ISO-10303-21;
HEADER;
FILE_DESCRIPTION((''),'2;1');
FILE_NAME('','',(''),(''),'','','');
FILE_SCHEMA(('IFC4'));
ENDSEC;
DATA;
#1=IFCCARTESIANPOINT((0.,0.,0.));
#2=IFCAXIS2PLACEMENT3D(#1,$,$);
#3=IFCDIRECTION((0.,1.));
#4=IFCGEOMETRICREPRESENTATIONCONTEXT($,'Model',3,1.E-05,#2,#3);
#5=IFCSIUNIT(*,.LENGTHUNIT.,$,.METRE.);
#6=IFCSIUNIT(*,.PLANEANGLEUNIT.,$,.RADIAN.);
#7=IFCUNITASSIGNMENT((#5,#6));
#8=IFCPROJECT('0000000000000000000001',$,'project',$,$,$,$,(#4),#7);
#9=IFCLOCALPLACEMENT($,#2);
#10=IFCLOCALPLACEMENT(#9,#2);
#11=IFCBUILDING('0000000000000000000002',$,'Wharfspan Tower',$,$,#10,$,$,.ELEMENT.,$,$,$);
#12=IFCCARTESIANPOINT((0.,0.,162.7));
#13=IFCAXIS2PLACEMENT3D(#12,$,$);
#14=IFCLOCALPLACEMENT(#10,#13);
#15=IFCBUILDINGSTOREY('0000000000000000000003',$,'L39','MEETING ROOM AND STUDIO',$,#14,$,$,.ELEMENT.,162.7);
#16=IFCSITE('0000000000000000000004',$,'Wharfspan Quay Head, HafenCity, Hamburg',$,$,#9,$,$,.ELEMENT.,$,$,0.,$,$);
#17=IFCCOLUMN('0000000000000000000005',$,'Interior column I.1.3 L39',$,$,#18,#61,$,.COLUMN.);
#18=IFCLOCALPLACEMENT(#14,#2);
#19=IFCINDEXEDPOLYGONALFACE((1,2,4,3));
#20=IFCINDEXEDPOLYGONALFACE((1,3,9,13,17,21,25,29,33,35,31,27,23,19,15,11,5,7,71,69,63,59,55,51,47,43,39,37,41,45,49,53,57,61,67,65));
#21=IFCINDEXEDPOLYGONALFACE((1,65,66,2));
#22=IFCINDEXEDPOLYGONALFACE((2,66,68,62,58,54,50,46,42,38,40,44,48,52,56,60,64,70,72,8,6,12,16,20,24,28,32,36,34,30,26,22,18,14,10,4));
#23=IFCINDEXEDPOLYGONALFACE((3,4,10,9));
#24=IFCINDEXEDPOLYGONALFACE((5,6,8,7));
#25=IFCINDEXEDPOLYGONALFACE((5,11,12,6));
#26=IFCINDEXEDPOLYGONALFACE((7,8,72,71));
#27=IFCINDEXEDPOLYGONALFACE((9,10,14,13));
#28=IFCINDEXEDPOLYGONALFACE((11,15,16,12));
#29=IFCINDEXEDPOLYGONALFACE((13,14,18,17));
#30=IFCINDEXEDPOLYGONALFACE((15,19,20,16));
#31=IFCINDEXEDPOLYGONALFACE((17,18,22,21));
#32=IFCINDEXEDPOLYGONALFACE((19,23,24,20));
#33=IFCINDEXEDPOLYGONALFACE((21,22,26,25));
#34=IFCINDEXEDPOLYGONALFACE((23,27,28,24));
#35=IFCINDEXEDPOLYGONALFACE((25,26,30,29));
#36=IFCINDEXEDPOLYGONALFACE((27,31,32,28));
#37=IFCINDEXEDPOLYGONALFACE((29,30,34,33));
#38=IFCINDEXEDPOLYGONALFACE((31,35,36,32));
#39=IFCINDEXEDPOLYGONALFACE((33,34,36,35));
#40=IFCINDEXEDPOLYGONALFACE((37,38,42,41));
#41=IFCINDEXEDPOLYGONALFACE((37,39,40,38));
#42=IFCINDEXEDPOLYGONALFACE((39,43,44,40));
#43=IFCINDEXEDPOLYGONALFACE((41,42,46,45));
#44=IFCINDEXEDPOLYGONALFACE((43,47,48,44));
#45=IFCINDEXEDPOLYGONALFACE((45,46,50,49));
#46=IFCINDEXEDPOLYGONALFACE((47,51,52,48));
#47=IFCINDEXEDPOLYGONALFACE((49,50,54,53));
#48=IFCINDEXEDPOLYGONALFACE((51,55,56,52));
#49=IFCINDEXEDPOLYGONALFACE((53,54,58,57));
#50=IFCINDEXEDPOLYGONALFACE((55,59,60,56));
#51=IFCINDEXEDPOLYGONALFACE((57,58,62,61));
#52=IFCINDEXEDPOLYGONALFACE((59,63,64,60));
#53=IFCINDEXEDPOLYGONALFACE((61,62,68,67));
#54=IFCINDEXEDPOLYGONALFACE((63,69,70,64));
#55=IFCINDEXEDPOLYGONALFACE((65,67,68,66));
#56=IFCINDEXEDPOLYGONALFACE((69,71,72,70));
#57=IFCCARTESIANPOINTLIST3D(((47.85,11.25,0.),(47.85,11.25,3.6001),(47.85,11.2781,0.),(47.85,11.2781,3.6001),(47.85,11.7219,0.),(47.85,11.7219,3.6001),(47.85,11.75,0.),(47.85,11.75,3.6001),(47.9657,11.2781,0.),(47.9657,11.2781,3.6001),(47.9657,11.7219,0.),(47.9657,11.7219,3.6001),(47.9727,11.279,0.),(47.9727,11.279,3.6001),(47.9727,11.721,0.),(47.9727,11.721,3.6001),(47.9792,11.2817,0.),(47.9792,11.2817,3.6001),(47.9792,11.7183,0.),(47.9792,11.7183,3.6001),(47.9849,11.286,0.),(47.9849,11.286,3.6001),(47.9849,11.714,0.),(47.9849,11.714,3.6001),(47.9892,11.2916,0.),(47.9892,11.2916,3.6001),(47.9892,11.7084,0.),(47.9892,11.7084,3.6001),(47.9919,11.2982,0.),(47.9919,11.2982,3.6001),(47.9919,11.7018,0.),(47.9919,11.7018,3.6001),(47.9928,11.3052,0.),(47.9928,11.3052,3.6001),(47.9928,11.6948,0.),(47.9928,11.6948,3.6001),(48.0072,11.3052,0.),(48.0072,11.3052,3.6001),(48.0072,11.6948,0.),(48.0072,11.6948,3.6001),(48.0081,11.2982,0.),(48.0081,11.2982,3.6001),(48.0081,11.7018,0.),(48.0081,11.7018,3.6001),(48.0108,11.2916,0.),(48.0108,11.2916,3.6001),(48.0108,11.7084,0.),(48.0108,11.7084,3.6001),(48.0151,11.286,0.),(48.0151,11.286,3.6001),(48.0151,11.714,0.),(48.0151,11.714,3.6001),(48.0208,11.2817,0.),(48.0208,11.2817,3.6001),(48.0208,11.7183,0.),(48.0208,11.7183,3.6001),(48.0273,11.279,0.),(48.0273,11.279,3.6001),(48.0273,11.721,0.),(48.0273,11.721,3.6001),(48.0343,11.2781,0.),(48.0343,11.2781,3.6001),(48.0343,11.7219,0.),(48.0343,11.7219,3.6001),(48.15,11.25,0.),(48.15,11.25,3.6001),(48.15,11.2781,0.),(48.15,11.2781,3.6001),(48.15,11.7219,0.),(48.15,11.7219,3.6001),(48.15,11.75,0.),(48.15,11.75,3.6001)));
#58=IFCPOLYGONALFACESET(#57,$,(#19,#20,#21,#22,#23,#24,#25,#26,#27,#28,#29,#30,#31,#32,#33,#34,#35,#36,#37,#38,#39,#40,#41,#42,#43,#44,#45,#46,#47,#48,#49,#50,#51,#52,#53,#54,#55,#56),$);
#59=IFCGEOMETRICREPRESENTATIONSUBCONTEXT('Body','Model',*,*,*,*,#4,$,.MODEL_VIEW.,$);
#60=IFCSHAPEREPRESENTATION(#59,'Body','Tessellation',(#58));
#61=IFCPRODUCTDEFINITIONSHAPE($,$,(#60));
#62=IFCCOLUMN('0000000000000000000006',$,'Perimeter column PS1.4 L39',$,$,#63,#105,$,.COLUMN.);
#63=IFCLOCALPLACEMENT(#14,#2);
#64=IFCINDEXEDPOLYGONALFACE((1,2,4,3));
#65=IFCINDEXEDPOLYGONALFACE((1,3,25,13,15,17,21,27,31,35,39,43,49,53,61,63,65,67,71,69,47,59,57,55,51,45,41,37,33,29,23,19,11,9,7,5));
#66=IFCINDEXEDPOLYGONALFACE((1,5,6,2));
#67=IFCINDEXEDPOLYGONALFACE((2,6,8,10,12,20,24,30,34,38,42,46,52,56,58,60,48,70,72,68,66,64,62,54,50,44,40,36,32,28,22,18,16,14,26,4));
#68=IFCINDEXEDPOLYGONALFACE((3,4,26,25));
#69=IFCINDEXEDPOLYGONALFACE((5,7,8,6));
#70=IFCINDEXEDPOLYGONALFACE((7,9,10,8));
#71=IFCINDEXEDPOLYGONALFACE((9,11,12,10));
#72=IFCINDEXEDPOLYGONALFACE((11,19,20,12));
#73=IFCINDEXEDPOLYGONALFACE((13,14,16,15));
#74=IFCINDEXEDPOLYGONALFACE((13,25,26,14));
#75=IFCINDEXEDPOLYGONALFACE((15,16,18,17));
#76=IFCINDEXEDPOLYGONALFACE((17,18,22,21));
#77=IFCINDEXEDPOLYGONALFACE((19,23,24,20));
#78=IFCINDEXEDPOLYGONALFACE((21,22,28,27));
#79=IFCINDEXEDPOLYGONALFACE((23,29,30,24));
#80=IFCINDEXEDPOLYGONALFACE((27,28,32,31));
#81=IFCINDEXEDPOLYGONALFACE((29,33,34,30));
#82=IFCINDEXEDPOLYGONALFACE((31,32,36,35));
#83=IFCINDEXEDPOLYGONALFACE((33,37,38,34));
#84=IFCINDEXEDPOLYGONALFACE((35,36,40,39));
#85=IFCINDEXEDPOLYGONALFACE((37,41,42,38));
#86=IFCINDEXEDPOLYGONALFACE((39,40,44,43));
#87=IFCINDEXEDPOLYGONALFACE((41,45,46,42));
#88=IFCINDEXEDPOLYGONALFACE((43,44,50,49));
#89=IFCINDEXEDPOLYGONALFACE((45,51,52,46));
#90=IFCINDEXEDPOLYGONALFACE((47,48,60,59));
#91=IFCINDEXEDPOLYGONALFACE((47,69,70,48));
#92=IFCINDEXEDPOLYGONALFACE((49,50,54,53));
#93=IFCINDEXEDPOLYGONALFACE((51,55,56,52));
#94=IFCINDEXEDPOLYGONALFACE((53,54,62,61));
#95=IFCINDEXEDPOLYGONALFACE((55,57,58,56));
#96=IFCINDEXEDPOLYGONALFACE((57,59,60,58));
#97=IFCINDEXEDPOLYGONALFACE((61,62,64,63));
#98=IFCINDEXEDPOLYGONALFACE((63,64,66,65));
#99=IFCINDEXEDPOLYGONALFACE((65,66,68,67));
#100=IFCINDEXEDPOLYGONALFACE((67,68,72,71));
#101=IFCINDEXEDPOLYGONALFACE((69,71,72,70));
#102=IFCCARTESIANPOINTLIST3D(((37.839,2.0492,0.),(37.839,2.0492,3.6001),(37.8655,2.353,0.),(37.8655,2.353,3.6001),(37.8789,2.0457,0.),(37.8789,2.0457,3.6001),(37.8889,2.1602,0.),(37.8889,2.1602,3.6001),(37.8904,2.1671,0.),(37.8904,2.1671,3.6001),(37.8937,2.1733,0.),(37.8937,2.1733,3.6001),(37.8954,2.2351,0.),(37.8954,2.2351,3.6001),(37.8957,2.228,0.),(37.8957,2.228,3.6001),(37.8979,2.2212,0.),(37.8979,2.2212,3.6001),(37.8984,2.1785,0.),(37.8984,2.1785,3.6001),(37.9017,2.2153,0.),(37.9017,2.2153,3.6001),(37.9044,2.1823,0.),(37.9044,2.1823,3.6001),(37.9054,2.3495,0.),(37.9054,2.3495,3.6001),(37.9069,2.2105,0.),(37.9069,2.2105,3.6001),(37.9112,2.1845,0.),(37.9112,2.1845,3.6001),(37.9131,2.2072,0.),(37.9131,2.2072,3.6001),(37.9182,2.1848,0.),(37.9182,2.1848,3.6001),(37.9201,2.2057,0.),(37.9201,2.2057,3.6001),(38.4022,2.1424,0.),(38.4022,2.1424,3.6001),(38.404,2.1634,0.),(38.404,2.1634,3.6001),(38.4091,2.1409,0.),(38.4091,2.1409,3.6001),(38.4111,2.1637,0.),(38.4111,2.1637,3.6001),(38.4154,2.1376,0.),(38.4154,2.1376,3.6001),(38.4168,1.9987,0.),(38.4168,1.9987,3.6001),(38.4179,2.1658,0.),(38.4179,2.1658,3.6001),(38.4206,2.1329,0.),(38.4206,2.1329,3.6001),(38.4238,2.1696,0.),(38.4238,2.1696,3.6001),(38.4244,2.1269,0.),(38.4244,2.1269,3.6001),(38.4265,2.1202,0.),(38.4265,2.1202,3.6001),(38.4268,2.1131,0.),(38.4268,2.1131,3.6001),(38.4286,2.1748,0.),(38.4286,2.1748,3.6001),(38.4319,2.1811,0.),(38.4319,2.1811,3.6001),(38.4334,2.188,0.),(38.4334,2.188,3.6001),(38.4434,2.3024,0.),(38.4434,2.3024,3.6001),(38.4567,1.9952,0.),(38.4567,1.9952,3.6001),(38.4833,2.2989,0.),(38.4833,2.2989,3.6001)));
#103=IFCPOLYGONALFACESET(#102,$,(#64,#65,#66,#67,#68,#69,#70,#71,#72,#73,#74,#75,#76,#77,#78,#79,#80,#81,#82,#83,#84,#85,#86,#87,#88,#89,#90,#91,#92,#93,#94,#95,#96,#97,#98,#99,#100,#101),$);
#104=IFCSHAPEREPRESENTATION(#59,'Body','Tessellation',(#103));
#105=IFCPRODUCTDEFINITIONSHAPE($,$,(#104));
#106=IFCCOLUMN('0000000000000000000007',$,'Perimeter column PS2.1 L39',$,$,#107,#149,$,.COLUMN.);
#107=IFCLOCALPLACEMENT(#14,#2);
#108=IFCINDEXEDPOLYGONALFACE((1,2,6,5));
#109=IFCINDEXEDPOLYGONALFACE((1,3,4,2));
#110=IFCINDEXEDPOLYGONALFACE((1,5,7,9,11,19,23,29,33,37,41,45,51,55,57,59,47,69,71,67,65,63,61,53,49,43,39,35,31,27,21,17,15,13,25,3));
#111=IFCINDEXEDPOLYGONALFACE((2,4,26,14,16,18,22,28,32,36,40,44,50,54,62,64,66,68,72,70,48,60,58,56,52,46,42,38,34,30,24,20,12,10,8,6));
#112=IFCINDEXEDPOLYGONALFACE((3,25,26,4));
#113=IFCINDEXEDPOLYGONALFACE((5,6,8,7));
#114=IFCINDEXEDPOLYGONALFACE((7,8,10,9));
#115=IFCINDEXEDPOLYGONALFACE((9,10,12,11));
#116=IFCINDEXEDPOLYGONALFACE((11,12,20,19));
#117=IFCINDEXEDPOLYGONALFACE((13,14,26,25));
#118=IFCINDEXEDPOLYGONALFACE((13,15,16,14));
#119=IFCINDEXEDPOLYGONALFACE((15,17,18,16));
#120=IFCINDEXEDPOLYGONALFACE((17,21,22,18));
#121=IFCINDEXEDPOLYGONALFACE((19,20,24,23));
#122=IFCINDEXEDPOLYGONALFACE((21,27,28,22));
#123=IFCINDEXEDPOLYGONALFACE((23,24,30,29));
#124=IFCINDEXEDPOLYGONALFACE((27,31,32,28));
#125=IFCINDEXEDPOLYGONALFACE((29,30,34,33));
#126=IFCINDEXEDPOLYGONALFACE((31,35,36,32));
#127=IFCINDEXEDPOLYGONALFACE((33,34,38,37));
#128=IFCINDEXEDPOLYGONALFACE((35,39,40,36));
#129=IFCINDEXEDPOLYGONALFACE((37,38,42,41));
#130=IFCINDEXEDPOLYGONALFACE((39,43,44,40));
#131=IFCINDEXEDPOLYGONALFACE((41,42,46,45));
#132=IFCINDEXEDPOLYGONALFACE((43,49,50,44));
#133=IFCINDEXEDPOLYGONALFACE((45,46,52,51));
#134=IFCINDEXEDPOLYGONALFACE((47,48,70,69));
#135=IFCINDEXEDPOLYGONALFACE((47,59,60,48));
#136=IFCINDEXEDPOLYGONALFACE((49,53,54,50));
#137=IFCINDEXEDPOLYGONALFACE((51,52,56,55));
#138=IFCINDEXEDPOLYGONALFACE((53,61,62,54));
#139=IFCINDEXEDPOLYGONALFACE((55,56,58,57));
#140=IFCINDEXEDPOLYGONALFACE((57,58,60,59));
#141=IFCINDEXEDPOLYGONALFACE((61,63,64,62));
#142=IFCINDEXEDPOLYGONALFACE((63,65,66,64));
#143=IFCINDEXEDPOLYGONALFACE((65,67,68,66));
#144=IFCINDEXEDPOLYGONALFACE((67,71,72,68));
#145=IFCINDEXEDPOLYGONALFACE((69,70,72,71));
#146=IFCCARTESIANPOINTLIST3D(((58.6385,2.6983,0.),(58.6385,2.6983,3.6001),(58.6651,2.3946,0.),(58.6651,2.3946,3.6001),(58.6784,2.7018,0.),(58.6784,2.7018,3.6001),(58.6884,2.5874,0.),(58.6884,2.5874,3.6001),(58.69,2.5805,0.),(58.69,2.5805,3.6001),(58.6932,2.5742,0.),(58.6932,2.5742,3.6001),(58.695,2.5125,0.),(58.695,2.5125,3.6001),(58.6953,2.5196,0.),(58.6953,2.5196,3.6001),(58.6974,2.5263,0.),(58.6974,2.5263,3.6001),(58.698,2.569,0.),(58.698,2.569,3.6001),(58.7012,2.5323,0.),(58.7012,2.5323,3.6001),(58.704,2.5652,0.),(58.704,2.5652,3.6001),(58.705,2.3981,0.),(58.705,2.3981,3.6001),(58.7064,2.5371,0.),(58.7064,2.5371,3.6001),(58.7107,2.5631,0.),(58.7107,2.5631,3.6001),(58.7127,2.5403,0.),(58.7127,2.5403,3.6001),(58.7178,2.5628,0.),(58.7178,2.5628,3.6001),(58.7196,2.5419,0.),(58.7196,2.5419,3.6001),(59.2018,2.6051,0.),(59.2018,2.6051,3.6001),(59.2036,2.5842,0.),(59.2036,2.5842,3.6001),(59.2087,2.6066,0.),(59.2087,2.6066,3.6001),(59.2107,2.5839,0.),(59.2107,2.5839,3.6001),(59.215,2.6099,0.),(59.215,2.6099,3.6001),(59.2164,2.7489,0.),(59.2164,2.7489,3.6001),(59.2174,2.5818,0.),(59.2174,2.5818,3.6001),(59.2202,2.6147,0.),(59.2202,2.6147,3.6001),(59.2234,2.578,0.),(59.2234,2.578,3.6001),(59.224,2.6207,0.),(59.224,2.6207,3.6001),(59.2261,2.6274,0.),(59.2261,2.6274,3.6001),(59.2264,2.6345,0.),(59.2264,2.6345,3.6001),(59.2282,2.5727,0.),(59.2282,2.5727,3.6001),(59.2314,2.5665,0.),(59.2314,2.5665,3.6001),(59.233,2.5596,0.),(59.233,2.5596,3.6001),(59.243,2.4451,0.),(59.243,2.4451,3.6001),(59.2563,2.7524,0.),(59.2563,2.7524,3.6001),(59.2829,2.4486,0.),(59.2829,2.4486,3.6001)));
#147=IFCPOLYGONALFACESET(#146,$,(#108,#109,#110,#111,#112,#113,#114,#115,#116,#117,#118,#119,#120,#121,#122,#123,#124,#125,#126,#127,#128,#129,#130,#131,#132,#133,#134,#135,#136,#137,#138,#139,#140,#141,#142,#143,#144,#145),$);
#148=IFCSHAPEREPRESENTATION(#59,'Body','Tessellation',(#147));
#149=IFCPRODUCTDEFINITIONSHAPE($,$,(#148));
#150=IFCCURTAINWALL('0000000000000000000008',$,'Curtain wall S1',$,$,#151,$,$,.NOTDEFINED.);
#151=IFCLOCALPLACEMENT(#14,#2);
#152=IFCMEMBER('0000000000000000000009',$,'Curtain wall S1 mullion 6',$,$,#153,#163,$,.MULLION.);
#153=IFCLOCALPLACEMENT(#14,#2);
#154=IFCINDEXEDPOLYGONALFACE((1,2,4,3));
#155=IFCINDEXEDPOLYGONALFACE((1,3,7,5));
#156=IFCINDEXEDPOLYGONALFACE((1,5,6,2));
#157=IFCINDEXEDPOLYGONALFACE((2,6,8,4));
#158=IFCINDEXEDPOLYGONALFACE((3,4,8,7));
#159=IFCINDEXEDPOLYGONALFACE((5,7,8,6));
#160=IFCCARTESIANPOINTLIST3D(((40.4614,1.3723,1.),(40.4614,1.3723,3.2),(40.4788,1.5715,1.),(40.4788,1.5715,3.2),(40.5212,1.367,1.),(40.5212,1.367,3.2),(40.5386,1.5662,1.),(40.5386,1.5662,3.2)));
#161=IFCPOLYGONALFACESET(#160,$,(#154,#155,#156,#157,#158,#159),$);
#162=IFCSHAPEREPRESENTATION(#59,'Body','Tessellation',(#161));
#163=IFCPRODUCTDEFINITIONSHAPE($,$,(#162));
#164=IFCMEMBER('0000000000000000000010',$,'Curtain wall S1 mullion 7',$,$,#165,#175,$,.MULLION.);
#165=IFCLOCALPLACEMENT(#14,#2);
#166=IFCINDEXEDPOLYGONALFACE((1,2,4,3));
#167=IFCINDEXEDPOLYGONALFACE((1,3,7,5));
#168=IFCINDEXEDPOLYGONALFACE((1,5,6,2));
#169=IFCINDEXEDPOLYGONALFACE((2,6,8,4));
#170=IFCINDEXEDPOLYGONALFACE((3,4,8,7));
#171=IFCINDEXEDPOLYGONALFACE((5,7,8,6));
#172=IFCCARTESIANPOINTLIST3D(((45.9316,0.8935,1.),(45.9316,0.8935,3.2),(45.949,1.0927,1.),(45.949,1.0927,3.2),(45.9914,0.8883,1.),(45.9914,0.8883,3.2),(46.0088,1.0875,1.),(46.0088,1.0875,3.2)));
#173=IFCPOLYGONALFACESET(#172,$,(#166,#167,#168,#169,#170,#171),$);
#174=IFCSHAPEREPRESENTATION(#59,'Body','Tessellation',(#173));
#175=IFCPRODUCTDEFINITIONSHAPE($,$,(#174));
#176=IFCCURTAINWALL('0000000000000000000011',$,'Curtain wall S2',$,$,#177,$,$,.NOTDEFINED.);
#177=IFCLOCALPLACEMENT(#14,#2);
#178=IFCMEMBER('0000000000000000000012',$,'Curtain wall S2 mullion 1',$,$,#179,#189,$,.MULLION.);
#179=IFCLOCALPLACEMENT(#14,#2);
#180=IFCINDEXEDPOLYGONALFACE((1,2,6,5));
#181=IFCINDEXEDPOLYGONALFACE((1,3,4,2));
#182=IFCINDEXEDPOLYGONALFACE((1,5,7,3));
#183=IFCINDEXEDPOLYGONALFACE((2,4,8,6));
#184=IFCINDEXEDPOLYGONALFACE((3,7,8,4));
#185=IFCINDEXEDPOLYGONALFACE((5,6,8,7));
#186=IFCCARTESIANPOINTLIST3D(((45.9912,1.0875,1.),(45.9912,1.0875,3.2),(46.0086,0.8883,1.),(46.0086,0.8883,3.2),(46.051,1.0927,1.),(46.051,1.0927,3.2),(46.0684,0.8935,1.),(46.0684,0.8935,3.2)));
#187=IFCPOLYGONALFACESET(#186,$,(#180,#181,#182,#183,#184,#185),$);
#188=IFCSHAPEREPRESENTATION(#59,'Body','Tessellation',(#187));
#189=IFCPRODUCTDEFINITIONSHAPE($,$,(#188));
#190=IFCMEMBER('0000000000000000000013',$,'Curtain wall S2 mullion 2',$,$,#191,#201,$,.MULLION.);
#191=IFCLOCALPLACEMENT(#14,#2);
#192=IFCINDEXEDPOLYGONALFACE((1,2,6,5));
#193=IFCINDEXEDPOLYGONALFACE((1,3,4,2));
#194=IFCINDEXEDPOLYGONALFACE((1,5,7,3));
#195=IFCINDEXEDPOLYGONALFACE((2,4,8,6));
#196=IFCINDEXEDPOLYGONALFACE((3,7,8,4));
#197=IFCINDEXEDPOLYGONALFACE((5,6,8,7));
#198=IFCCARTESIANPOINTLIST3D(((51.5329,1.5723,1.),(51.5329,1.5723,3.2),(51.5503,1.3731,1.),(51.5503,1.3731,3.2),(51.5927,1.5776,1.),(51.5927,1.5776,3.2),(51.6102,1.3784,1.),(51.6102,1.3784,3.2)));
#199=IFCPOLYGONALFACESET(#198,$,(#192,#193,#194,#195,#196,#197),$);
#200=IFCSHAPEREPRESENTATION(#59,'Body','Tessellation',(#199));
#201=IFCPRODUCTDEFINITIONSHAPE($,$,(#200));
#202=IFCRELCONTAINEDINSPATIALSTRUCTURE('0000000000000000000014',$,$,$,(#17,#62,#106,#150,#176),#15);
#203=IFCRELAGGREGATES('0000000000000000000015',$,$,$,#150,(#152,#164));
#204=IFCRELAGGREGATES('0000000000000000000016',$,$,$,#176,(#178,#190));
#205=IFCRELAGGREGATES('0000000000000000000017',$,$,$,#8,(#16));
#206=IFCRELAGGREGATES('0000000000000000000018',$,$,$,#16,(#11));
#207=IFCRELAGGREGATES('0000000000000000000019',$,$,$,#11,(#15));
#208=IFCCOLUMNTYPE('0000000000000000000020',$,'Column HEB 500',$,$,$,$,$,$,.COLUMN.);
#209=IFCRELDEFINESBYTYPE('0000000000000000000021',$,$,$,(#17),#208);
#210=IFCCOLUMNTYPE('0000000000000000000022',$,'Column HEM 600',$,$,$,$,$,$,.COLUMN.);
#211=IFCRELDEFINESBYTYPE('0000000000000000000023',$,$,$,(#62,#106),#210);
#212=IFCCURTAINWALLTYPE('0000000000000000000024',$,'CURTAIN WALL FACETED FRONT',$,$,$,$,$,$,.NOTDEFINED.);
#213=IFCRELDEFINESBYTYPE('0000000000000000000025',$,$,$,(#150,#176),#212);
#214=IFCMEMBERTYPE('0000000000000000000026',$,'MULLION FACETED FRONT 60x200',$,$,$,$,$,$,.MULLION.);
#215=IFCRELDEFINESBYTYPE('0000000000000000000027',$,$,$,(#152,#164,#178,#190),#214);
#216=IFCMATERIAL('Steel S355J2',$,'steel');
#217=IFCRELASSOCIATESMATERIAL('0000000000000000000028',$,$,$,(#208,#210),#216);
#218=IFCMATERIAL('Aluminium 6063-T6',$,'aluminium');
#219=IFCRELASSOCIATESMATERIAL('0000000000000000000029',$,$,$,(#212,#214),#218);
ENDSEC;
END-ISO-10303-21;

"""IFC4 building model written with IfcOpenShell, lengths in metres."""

from ifc_helpers import new_model, si_unit, direction, frame, origin, origin_2d, place, context, subcontext, project, spatial, rectangle, i_section, extrude, material, material_profile, profile_set, type_object, element, aggregate, save


model = new_model("IFC4")

# Units and contexts
model_context = context("Model", 3, precision=1e-05, world=origin(), true_north=direction((0.0, 1.0)))
body_context = subcontext(model_context, "Body", "Model", "MODEL_VIEW")
ifc_project = project(units=[si_unit("LENGTHUNIT", "METRE"), si_unit("PLANEANGLEUNIT", "RADIAN")], contexts=[model_context])

# Site, building, storey
site_placement = place(None, origin())
site = spatial("IfcSite", under=ifc_project, at=site_placement, Name="Wharfspan Quay Head, HafenCity, Hamburg", CompositionType="ELEMENT", RefElevation=0.0)
building_placement = place(site_placement, origin())
building = spatial("IfcBuilding", under=site, at=building_placement, Name="Wharfspan Tower", CompositionType="ELEMENT")
storey_placement = place(building_placement, frame((0.0, 0.0, 162.7)))
storey = spatial("IfcBuildingStorey", under=building, at=storey_placement, Name="L39", Description="MEETING ROOM AND STUDIO", CompositionType="ELEMENT", Elevation=162.7)

# Columns
ifc_material_1 = material(Name="Steel S355J2", Category="steel")
ifc_material_profile_1 = material_profile(ifc_material_1, i_section(OverallWidth=0.3, OverallDepth=0.5, WebThickness=0.0144, FlangeThickness=0.0281, FilletRadius=0.0271, at=origin_2d()))
ifc_profile_set_1 = profile_set([ifc_material_profile_1], Name="Steel S355J2")
column_type_1 = type_object("IfcColumnType", Name="Column HEB 500", PredefinedType="COLUMN", material=ifc_profile_set_1)
column_placement = place(storey_placement, frame((48.0, 11.5, 0.0), z_axis=(0.0, 0.0, 1.0), x_axis=(1.0, 0.0, 0.0)))
element("IfcColumn", 1, at=column_placement, inside=storey, type_object=column_type_1, Name="Interior column I.1.3 L39", PredefinedType="COLUMN", context=body_context, shape_type="SweptSolid", body=[
    extrude(i_section(OverallWidth=0.3, OverallDepth=0.5, WebThickness=0.0144, FlangeThickness=0.0281, FilletRadius=0.0271, at=origin_2d()), origin(), (0.0, 0.0, 1.0), 3.6001),
])
ifc_material_profile_2 = material_profile(ifc_material_1, i_section(OverallWidth=0.3049, OverallDepth=0.6201, WebThickness=0.021, FlangeThickness=0.04, FilletRadius=0.0271, at=origin_2d()))
ifc_profile_set_2 = profile_set([ifc_material_profile_2], Name="Steel S355J2")
column_type_2 = type_object("IfcColumnType", Name="Column HEM 600", PredefinedType="COLUMN", material=ifc_profile_set_2)
for number, where, z_axis, x_axis, name in (
    (2, (38.1611, 2.1741, 0.0), (0.0, 0.0, 1.0), (-0.087156, -0.996198, 0.0), "Perimeter column PS1.4 L39"),
    (3, (58.9607, 2.5735, 0.0), (0.0, 0.0, 1.0), (0.087156, -0.996198, 0.0), "Perimeter column PS2.1 L39"),
):
    element("IfcColumn", number, at=place(storey_placement, frame(where, z_axis=z_axis, x_axis=x_axis)), inside=storey, type_object=column_type_2, Name=name, PredefinedType="COLUMN", context=body_context, shape_type="SweptSolid", body=[
        extrude(i_section(OverallWidth=0.3049, OverallDepth=0.6201, WebThickness=0.021, FlangeThickness=0.04, FilletRadius=0.0271, at=origin_2d()), origin(), (0.0, 0.0, 1.0), 3.6001),
    ])

# Curtain walls, members
ifc_material_2 = material(Name="Aluminium 6063-T6", Category="aluminium")
curtain_wall_type = type_object("IfcCurtainWallType", Name="CURTAIN WALL FACETED FRONT", PredefinedType="NOTDEFINED", material=ifc_material_2)
curtain_wall_1_placement = place(storey_placement, origin())
curtain_wall_1 = element("IfcCurtainWall", 4, at=curtain_wall_1_placement, inside=storey, type_object=curtain_wall_type, Name="Curtain wall S1", PredefinedType="NOTDEFINED")
ifc_material_profile_3 = material_profile(ifc_material_2, rectangle(XDim=0.2, YDim=0.0601, at=origin_2d()))
ifc_profile_set_3 = profile_set([ifc_material_profile_3], Name="Aluminium 6063-T6")
member_type_1 = type_object("IfcMemberType", Name="MULLION FACETED FRONT 60x200", PredefinedType="MULLION", material=ifc_profile_set_3)
member_1_placement = place(storey_placement, frame((40.5, 1.4692, 1.0), z_axis=(0.0, 0.0, 1.0), x_axis=(0.087156, 0.996198, 0.0)))
member_1 = element("IfcMember", 5, at=member_1_placement, type_object=member_type_1, Name="Curtain wall S1 mullion 6", PredefinedType="MULLION", context=body_context, shape_type="SweptSolid", body=[
    extrude(rectangle(XDim=0.2, YDim=0.0601, at=origin_2d()), origin(), (0.0, 0.0, 1.0), 2.2),
])
member_2_placement = place(storey_placement, frame((45.9702, 0.9905, 1.0), z_axis=(0.0, 0.0, 1.0), x_axis=(0.087156, 0.996198, 0.0)))
member_2 = element("IfcMember", 6, at=member_2_placement, type_object=member_type_1, Name="Curtain wall S1 mullion 7", PredefinedType="MULLION", context=body_context, shape_type="SweptSolid", body=[
    extrude(rectangle(XDim=0.2, YDim=0.0601, at=origin_2d()), origin(), (0.0, 0.0, 1.0), 2.2),
])
curtain_wall_2_placement = place(storey_placement, origin())
curtain_wall_2 = element("IfcCurtainWall", 7, at=curtain_wall_2_placement, inside=storey, type_object=curtain_wall_type, Name="Curtain wall S2", PredefinedType="NOTDEFINED")
member_3_placement = place(storey_placement, frame((46.0298, 0.9905, 1.0), z_axis=(0.0, 0.0, 1.0), x_axis=(-0.087156, 0.996198, 0.0)))
member_3 = element("IfcMember", 8, at=member_3_placement, type_object=member_type_1, Name="Curtain wall S2 mullion 1", PredefinedType="MULLION", context=body_context, shape_type="SweptSolid", body=[
    extrude(rectangle(XDim=0.2, YDim=0.0601, at=origin_2d()), origin(), (0.0, 0.0, 1.0), 2.2),
])
member_4_placement = place(storey_placement, frame((51.5715, 1.4753, 1.0), z_axis=(0.0, 0.0, 1.0), x_axis=(-0.087156, 0.996198, 0.0)))
member_4 = element("IfcMember", 9, at=member_4_placement, type_object=member_type_1, Name="Curtain wall S2 mullion 2", PredefinedType="MULLION", context=body_context, shape_type="SweptSolid", body=[
    extrude(rectangle(XDim=0.2, YDim=0.0601, at=origin_2d()), origin(), (0.0, 0.0, 1.0), 2.2),
])

aggregate(curtain_wall_1, [member_1, member_2])
aggregate(curtain_wall_2, [member_3, member_4])

save(model, "model.ifc")
